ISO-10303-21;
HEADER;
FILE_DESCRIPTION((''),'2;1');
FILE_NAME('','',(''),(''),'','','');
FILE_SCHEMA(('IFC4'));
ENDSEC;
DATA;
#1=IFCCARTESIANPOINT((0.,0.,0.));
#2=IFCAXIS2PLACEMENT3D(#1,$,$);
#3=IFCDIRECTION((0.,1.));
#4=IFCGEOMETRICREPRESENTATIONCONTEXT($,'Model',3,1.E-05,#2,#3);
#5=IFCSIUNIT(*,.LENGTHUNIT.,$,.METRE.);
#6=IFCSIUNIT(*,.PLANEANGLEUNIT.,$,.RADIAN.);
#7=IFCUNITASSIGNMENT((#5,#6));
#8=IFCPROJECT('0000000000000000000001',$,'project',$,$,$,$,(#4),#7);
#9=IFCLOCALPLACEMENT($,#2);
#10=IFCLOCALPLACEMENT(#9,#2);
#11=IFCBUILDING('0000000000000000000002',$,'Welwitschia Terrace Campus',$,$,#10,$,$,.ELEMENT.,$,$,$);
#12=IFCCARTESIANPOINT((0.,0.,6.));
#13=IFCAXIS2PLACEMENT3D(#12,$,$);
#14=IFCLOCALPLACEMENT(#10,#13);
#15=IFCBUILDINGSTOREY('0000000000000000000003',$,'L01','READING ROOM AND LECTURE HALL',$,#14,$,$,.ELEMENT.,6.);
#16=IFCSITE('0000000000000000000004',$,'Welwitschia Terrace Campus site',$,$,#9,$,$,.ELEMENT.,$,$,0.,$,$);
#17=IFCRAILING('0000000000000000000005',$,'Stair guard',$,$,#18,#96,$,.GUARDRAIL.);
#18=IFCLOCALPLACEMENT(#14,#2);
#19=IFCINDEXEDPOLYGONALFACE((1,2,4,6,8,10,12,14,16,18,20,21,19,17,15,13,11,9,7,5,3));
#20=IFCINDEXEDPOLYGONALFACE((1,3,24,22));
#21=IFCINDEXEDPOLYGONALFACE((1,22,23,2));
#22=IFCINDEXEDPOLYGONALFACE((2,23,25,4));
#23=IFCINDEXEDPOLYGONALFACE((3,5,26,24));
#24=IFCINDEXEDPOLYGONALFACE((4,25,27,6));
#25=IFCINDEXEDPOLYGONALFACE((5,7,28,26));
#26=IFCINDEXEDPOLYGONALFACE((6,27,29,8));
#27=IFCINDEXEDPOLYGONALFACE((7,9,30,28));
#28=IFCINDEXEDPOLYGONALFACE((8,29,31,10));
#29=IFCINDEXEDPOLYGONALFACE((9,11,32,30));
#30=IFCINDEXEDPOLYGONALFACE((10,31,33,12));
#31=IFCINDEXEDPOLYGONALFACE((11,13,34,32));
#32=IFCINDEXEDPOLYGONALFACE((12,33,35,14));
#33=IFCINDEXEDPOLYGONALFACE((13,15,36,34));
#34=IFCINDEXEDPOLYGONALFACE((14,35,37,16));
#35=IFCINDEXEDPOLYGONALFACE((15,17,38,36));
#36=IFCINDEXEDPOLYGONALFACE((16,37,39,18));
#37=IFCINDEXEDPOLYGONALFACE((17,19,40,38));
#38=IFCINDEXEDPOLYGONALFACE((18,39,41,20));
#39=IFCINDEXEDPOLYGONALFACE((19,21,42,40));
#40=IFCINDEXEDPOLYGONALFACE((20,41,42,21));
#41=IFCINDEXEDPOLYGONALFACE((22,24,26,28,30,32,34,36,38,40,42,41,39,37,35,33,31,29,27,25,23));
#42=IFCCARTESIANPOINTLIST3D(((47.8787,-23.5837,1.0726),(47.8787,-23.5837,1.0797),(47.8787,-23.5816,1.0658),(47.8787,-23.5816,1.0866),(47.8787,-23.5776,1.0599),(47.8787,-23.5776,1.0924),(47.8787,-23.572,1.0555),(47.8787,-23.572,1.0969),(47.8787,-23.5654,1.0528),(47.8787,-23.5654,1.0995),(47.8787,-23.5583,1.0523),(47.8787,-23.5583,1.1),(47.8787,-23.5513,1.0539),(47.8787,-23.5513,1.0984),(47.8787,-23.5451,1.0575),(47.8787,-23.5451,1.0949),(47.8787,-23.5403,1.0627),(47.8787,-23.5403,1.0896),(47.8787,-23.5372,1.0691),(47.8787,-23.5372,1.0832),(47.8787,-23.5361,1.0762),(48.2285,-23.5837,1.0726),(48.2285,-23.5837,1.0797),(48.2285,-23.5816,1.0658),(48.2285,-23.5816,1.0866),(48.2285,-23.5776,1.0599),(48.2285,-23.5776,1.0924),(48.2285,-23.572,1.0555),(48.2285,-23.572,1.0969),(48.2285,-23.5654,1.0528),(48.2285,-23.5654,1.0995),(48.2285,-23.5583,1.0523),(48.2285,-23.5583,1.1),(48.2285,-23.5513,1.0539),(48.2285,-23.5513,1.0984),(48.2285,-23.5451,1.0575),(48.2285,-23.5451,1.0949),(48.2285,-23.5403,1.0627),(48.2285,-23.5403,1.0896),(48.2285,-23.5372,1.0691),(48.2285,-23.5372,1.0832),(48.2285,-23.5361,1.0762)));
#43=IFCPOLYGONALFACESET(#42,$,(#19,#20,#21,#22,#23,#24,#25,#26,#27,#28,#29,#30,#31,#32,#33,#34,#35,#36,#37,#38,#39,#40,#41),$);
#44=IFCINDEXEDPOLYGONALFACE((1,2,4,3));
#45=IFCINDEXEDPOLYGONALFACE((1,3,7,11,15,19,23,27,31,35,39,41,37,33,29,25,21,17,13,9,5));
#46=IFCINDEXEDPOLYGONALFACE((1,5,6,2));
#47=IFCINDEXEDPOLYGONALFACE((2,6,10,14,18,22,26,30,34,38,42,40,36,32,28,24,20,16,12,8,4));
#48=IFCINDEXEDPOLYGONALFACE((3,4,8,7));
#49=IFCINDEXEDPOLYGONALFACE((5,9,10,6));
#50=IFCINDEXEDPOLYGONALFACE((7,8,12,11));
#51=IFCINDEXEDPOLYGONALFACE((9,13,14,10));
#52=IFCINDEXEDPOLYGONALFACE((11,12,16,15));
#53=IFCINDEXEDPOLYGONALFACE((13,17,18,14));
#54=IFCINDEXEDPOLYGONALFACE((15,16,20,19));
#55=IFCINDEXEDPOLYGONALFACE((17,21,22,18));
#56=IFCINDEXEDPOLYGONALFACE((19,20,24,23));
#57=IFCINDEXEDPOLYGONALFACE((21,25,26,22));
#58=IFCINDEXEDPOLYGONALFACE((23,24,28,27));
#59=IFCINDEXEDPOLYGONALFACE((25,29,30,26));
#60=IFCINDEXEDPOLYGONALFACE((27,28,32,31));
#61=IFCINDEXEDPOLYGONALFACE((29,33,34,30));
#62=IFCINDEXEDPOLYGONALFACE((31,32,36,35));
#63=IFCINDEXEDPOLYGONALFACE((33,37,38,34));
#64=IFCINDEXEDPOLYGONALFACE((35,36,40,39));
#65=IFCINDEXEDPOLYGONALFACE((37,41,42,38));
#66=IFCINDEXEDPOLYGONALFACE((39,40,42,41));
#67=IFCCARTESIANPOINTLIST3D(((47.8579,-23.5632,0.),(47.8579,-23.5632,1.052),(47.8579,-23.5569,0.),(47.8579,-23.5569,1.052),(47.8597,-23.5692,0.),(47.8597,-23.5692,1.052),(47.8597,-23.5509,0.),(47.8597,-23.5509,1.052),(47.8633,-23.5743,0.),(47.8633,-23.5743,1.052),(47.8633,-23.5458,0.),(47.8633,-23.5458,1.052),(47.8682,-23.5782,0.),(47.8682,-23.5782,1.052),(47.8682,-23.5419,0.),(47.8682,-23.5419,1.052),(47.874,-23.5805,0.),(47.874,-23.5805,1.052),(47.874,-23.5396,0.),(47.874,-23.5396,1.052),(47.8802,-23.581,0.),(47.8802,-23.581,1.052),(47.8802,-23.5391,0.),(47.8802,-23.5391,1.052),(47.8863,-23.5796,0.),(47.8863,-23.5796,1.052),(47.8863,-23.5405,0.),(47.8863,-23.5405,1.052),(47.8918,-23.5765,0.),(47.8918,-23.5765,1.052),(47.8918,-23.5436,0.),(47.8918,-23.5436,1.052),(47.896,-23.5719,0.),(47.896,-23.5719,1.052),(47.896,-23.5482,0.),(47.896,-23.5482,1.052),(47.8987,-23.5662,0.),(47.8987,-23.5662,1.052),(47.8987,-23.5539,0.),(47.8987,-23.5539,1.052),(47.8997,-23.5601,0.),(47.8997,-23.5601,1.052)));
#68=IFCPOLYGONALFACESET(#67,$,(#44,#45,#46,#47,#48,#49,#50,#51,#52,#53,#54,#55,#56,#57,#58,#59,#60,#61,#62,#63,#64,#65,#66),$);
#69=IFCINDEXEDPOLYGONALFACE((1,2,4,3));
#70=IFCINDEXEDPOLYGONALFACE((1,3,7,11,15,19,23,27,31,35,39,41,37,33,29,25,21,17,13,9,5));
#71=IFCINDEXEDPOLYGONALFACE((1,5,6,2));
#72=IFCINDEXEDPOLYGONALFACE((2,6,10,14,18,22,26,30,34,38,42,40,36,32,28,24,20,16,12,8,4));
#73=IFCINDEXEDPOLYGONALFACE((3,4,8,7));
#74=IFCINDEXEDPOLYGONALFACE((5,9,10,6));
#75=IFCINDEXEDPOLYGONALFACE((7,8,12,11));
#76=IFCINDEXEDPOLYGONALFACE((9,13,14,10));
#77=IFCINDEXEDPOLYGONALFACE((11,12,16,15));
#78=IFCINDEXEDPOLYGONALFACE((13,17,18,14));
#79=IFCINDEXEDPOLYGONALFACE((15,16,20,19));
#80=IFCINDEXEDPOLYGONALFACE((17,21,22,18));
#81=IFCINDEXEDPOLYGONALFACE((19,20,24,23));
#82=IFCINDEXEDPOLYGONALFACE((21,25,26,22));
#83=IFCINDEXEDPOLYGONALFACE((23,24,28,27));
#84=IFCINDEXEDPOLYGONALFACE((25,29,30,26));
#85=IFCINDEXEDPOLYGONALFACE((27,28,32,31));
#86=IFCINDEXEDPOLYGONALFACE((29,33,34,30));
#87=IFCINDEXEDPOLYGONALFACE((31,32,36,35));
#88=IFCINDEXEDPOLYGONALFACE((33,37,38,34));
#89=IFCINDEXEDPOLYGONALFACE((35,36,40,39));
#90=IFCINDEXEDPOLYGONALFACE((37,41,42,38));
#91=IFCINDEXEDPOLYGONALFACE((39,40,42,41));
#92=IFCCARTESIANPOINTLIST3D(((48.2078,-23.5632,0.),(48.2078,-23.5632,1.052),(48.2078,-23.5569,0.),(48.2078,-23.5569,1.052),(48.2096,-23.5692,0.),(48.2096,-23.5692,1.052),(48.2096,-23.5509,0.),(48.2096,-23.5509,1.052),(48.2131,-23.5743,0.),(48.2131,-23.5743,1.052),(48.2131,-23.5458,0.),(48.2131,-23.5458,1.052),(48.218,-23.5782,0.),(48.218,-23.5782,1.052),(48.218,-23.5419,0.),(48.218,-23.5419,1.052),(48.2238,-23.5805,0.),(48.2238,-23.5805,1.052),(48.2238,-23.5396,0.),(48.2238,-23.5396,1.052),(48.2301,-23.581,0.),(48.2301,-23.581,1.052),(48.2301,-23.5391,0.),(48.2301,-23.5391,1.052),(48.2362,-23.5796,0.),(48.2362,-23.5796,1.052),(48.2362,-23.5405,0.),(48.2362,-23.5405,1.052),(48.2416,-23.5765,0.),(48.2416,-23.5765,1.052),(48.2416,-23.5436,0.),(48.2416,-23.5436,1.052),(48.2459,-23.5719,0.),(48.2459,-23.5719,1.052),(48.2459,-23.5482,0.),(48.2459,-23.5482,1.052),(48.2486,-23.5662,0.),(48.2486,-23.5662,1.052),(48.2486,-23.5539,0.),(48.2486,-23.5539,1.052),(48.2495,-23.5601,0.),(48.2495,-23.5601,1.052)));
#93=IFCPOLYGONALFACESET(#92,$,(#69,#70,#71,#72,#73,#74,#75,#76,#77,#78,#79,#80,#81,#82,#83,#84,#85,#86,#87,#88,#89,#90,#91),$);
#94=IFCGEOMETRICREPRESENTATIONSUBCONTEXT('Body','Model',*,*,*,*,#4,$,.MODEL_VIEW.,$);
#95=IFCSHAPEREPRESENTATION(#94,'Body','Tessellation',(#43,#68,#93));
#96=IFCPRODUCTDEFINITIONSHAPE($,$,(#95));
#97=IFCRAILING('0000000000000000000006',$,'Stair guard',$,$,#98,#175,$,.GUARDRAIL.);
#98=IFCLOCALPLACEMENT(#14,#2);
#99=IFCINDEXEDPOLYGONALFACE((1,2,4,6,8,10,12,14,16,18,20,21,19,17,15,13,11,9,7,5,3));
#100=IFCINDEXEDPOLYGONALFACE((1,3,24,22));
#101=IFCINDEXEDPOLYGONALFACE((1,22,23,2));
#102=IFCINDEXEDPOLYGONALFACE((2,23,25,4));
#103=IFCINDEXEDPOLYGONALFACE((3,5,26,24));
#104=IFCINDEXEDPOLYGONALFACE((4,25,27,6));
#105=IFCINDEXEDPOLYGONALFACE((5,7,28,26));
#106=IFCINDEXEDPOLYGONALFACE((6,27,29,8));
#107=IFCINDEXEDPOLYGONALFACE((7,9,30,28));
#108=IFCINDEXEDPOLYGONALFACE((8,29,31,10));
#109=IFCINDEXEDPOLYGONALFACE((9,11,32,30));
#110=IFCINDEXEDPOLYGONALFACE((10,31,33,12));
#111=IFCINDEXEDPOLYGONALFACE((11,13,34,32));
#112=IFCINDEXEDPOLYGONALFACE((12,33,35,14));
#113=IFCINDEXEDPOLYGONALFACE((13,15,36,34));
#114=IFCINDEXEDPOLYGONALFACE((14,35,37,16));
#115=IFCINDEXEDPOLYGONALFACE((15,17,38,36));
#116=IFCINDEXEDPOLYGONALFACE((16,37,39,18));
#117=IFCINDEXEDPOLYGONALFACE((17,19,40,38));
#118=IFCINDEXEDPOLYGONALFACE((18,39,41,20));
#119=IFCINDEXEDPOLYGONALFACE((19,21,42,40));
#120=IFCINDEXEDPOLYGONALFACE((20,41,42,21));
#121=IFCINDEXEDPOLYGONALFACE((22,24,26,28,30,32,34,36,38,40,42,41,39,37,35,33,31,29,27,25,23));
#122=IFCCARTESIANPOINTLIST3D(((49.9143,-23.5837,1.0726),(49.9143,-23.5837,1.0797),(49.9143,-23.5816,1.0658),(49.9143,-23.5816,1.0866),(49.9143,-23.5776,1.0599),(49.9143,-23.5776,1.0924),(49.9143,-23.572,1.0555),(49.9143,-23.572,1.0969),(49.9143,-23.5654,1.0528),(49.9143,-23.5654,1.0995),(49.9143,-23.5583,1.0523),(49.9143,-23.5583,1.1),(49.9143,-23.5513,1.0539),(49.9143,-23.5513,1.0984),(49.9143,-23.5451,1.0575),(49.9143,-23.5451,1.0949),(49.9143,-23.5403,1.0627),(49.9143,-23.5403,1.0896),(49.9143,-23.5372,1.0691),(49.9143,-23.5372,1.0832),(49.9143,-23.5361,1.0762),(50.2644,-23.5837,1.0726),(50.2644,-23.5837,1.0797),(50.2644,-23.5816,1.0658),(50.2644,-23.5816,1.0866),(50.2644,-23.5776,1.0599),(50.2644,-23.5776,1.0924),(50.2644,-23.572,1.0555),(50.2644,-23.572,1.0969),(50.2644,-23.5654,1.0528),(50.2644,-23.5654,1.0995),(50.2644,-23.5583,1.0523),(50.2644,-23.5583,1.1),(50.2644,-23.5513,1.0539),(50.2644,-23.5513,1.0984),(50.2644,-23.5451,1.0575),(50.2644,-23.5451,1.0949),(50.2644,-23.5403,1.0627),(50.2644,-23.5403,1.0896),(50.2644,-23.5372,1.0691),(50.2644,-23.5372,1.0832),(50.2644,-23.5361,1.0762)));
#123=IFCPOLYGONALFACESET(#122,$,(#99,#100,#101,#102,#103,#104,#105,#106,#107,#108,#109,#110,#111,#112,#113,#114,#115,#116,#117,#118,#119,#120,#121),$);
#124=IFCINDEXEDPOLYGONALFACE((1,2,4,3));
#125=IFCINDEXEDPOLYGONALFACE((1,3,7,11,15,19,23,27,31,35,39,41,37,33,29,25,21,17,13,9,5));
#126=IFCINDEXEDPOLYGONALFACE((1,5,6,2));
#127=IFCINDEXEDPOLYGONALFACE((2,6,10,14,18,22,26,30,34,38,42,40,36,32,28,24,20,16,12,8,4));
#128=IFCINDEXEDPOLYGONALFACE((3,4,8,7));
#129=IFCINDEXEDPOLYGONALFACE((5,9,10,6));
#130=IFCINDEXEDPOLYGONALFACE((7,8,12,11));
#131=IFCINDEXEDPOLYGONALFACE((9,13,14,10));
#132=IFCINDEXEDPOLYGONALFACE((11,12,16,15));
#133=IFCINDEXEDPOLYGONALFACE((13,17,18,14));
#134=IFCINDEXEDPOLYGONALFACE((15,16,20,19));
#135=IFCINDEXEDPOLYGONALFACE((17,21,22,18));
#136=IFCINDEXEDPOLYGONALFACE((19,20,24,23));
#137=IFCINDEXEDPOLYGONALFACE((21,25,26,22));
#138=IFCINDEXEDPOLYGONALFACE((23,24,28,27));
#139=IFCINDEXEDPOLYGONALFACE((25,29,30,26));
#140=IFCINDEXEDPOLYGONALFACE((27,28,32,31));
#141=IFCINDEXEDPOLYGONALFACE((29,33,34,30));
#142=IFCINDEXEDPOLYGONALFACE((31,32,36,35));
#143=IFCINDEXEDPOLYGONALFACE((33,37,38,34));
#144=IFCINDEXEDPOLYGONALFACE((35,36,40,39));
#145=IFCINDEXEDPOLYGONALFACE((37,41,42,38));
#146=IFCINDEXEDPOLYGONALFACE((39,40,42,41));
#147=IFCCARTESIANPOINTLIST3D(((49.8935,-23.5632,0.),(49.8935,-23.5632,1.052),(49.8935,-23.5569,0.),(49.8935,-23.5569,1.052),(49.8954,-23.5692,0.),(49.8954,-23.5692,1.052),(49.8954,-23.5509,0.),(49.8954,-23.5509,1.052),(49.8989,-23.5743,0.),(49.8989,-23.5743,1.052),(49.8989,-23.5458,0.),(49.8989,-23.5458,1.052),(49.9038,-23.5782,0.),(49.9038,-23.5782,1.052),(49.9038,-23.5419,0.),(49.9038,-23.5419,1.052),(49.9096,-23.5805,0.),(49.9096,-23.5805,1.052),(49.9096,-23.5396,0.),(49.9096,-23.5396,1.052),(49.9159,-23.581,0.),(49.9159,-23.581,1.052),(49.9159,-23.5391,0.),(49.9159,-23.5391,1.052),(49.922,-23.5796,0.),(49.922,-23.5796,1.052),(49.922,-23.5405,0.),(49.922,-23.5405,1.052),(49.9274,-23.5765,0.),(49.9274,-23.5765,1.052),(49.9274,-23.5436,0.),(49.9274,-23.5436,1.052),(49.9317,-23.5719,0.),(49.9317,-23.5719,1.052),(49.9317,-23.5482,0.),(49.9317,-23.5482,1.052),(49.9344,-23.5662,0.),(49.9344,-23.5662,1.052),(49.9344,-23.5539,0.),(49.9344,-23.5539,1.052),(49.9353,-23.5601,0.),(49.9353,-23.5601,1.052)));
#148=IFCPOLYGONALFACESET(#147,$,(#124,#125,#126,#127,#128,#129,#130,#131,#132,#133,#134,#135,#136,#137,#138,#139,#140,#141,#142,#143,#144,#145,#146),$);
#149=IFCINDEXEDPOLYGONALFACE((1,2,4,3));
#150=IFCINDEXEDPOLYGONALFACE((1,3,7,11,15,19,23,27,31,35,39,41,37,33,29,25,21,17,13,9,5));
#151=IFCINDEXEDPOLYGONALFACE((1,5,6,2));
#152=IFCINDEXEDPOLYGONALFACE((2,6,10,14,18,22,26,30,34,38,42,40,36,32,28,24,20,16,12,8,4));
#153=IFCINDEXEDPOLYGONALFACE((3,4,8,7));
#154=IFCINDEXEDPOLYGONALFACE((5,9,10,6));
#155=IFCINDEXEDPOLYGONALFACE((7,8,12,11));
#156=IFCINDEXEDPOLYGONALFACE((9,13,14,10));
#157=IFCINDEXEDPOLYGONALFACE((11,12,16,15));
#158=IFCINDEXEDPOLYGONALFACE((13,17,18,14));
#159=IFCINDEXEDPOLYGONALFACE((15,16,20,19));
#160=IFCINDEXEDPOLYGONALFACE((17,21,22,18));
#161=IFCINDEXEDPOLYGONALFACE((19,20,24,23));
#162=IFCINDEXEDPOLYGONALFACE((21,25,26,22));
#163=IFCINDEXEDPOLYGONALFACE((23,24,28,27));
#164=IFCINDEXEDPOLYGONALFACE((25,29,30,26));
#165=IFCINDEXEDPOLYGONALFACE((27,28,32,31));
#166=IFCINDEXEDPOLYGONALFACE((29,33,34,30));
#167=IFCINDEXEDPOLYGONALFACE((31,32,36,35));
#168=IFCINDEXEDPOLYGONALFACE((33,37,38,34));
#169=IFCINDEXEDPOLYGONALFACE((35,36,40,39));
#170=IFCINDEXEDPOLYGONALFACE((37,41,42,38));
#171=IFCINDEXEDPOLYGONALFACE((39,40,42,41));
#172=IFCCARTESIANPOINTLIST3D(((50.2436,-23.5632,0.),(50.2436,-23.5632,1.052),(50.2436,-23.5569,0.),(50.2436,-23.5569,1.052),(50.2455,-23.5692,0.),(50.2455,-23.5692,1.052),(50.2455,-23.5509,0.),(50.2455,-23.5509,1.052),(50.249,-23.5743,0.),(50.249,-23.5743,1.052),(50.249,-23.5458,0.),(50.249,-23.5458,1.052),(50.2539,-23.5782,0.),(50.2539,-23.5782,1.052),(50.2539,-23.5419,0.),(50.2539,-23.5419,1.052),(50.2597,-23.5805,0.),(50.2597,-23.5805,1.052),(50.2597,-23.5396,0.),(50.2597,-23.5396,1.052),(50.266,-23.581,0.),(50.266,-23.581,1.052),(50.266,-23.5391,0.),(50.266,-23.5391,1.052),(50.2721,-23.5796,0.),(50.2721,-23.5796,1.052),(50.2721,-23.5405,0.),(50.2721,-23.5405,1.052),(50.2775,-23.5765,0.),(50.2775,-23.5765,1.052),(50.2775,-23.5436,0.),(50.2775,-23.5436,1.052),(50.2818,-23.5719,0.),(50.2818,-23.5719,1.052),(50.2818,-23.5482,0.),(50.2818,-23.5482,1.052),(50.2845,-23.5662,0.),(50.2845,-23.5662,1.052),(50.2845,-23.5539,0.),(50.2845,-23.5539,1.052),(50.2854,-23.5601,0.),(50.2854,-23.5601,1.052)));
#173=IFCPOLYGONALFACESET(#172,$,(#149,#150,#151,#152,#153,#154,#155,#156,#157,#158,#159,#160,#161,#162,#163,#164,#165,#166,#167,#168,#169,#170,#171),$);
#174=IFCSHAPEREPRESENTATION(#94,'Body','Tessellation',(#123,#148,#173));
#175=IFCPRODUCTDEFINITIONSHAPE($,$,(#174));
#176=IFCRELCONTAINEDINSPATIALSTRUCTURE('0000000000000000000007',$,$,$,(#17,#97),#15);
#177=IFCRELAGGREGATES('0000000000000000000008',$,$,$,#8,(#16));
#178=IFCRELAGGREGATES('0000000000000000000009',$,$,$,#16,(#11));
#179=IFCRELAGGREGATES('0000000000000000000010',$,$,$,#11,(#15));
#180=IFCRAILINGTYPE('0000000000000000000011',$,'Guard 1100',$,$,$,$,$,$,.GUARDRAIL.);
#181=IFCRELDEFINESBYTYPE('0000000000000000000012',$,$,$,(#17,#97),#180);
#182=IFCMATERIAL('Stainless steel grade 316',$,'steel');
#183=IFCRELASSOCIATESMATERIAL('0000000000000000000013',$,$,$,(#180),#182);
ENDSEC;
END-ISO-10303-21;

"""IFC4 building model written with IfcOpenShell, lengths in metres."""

from ifc_helpers import new_model, si_unit, direction, frame, origin, origin_2d, place, context, subcontext, project, spatial, circle, extrude, material, type_object, element, save


model = new_model("IFC4")

# Units and contexts
model_context = context("Model", 3, precision=1e-05, world=origin(), true_north=direction((0.0, 1.0)))
body_context = subcontext(model_context, "Body", "Model", "MODEL_VIEW")
ifc_project = project(units=[si_unit("LENGTHUNIT", "METRE"), si_unit("PLANEANGLEUNIT", "RADIAN")], contexts=[model_context])

# Site, building, storey
site_placement = place(None, origin())
site = spatial("IfcSite", under=ifc_project, at=site_placement, Name="Welwitschia Terrace Campus site", CompositionType="ELEMENT", RefElevation=0.0)
building_placement = place(site_placement, origin())
building = spatial("IfcBuilding", under=site, at=building_placement, Name="Welwitschia Terrace Campus", CompositionType="ELEMENT")
storey_placement = place(building_placement, frame((0.0, 0.0, 6.0)))
storey = spatial("IfcBuildingStorey", under=building, at=storey_placement, Name="L01", Description="READING ROOM AND LECTURE HALL", CompositionType="ELEMENT", Elevation=6.0)

# Railings
ifc_material_1 = material(Name="Stainless steel grade 316", Category="steel")
railing_type_1 = type_object("IfcRailingType", Name="Guard 1100", PredefinedType="GUARDRAIL", material=ifc_material_1)
railing_1_placement = place(storey_placement, frame((47.8787, -23.5601, 0.0)))
element("IfcRailing", 1, at=railing_1_placement, inside=storey, type_object=railing_type_1, Name="Stair guard", PredefinedType="GUARDRAIL", context=body_context, shape_type="SweptSolid", body=[
    extrude(circle(Radius=0.0239, at=origin_2d()), frame((0.0, 0.0, 1.0762), z_axis=(1.0, 0.0, 0.0), x_axis=(0.0, 1.0, 0.0)), (0.0, 0.0, 1.0), 0.3499),
    extrude(circle(Radius=0.021, at=origin_2d()), origin(), (0.0, 0.0, 1.0), 1.052),
    extrude(circle(Radius=0.021, at=origin_2d()), frame((0.3499, 0.0, 0.0)), (0.0, 0.0, 1.0), 1.052),
])
railing_2_placement = place(storey_placement, frame((49.9143, -23.5601, 0.0)))
element("IfcRailing", 2, at=railing_2_placement, inside=storey, type_object=railing_type_1, Name="Stair guard", PredefinedType="GUARDRAIL", context=body_context, shape_type="SweptSolid", body=[
    extrude(circle(Radius=0.0239, at=origin_2d()), frame((0.0, 0.0, 1.0762), z_axis=(1.0, 0.0, 0.0), x_axis=(0.0, 1.0, 0.0)), (0.0, 0.0, 1.0), 0.3501),
    extrude(circle(Radius=0.021, at=origin_2d()), origin(), (0.0, 0.0, 1.0), 1.052),
    extrude(circle(Radius=0.021, at=origin_2d()), frame((0.3501, 0.0, 0.0)), (0.0, 0.0, 1.0), 1.052),
])

save(model, "model.ifc")
